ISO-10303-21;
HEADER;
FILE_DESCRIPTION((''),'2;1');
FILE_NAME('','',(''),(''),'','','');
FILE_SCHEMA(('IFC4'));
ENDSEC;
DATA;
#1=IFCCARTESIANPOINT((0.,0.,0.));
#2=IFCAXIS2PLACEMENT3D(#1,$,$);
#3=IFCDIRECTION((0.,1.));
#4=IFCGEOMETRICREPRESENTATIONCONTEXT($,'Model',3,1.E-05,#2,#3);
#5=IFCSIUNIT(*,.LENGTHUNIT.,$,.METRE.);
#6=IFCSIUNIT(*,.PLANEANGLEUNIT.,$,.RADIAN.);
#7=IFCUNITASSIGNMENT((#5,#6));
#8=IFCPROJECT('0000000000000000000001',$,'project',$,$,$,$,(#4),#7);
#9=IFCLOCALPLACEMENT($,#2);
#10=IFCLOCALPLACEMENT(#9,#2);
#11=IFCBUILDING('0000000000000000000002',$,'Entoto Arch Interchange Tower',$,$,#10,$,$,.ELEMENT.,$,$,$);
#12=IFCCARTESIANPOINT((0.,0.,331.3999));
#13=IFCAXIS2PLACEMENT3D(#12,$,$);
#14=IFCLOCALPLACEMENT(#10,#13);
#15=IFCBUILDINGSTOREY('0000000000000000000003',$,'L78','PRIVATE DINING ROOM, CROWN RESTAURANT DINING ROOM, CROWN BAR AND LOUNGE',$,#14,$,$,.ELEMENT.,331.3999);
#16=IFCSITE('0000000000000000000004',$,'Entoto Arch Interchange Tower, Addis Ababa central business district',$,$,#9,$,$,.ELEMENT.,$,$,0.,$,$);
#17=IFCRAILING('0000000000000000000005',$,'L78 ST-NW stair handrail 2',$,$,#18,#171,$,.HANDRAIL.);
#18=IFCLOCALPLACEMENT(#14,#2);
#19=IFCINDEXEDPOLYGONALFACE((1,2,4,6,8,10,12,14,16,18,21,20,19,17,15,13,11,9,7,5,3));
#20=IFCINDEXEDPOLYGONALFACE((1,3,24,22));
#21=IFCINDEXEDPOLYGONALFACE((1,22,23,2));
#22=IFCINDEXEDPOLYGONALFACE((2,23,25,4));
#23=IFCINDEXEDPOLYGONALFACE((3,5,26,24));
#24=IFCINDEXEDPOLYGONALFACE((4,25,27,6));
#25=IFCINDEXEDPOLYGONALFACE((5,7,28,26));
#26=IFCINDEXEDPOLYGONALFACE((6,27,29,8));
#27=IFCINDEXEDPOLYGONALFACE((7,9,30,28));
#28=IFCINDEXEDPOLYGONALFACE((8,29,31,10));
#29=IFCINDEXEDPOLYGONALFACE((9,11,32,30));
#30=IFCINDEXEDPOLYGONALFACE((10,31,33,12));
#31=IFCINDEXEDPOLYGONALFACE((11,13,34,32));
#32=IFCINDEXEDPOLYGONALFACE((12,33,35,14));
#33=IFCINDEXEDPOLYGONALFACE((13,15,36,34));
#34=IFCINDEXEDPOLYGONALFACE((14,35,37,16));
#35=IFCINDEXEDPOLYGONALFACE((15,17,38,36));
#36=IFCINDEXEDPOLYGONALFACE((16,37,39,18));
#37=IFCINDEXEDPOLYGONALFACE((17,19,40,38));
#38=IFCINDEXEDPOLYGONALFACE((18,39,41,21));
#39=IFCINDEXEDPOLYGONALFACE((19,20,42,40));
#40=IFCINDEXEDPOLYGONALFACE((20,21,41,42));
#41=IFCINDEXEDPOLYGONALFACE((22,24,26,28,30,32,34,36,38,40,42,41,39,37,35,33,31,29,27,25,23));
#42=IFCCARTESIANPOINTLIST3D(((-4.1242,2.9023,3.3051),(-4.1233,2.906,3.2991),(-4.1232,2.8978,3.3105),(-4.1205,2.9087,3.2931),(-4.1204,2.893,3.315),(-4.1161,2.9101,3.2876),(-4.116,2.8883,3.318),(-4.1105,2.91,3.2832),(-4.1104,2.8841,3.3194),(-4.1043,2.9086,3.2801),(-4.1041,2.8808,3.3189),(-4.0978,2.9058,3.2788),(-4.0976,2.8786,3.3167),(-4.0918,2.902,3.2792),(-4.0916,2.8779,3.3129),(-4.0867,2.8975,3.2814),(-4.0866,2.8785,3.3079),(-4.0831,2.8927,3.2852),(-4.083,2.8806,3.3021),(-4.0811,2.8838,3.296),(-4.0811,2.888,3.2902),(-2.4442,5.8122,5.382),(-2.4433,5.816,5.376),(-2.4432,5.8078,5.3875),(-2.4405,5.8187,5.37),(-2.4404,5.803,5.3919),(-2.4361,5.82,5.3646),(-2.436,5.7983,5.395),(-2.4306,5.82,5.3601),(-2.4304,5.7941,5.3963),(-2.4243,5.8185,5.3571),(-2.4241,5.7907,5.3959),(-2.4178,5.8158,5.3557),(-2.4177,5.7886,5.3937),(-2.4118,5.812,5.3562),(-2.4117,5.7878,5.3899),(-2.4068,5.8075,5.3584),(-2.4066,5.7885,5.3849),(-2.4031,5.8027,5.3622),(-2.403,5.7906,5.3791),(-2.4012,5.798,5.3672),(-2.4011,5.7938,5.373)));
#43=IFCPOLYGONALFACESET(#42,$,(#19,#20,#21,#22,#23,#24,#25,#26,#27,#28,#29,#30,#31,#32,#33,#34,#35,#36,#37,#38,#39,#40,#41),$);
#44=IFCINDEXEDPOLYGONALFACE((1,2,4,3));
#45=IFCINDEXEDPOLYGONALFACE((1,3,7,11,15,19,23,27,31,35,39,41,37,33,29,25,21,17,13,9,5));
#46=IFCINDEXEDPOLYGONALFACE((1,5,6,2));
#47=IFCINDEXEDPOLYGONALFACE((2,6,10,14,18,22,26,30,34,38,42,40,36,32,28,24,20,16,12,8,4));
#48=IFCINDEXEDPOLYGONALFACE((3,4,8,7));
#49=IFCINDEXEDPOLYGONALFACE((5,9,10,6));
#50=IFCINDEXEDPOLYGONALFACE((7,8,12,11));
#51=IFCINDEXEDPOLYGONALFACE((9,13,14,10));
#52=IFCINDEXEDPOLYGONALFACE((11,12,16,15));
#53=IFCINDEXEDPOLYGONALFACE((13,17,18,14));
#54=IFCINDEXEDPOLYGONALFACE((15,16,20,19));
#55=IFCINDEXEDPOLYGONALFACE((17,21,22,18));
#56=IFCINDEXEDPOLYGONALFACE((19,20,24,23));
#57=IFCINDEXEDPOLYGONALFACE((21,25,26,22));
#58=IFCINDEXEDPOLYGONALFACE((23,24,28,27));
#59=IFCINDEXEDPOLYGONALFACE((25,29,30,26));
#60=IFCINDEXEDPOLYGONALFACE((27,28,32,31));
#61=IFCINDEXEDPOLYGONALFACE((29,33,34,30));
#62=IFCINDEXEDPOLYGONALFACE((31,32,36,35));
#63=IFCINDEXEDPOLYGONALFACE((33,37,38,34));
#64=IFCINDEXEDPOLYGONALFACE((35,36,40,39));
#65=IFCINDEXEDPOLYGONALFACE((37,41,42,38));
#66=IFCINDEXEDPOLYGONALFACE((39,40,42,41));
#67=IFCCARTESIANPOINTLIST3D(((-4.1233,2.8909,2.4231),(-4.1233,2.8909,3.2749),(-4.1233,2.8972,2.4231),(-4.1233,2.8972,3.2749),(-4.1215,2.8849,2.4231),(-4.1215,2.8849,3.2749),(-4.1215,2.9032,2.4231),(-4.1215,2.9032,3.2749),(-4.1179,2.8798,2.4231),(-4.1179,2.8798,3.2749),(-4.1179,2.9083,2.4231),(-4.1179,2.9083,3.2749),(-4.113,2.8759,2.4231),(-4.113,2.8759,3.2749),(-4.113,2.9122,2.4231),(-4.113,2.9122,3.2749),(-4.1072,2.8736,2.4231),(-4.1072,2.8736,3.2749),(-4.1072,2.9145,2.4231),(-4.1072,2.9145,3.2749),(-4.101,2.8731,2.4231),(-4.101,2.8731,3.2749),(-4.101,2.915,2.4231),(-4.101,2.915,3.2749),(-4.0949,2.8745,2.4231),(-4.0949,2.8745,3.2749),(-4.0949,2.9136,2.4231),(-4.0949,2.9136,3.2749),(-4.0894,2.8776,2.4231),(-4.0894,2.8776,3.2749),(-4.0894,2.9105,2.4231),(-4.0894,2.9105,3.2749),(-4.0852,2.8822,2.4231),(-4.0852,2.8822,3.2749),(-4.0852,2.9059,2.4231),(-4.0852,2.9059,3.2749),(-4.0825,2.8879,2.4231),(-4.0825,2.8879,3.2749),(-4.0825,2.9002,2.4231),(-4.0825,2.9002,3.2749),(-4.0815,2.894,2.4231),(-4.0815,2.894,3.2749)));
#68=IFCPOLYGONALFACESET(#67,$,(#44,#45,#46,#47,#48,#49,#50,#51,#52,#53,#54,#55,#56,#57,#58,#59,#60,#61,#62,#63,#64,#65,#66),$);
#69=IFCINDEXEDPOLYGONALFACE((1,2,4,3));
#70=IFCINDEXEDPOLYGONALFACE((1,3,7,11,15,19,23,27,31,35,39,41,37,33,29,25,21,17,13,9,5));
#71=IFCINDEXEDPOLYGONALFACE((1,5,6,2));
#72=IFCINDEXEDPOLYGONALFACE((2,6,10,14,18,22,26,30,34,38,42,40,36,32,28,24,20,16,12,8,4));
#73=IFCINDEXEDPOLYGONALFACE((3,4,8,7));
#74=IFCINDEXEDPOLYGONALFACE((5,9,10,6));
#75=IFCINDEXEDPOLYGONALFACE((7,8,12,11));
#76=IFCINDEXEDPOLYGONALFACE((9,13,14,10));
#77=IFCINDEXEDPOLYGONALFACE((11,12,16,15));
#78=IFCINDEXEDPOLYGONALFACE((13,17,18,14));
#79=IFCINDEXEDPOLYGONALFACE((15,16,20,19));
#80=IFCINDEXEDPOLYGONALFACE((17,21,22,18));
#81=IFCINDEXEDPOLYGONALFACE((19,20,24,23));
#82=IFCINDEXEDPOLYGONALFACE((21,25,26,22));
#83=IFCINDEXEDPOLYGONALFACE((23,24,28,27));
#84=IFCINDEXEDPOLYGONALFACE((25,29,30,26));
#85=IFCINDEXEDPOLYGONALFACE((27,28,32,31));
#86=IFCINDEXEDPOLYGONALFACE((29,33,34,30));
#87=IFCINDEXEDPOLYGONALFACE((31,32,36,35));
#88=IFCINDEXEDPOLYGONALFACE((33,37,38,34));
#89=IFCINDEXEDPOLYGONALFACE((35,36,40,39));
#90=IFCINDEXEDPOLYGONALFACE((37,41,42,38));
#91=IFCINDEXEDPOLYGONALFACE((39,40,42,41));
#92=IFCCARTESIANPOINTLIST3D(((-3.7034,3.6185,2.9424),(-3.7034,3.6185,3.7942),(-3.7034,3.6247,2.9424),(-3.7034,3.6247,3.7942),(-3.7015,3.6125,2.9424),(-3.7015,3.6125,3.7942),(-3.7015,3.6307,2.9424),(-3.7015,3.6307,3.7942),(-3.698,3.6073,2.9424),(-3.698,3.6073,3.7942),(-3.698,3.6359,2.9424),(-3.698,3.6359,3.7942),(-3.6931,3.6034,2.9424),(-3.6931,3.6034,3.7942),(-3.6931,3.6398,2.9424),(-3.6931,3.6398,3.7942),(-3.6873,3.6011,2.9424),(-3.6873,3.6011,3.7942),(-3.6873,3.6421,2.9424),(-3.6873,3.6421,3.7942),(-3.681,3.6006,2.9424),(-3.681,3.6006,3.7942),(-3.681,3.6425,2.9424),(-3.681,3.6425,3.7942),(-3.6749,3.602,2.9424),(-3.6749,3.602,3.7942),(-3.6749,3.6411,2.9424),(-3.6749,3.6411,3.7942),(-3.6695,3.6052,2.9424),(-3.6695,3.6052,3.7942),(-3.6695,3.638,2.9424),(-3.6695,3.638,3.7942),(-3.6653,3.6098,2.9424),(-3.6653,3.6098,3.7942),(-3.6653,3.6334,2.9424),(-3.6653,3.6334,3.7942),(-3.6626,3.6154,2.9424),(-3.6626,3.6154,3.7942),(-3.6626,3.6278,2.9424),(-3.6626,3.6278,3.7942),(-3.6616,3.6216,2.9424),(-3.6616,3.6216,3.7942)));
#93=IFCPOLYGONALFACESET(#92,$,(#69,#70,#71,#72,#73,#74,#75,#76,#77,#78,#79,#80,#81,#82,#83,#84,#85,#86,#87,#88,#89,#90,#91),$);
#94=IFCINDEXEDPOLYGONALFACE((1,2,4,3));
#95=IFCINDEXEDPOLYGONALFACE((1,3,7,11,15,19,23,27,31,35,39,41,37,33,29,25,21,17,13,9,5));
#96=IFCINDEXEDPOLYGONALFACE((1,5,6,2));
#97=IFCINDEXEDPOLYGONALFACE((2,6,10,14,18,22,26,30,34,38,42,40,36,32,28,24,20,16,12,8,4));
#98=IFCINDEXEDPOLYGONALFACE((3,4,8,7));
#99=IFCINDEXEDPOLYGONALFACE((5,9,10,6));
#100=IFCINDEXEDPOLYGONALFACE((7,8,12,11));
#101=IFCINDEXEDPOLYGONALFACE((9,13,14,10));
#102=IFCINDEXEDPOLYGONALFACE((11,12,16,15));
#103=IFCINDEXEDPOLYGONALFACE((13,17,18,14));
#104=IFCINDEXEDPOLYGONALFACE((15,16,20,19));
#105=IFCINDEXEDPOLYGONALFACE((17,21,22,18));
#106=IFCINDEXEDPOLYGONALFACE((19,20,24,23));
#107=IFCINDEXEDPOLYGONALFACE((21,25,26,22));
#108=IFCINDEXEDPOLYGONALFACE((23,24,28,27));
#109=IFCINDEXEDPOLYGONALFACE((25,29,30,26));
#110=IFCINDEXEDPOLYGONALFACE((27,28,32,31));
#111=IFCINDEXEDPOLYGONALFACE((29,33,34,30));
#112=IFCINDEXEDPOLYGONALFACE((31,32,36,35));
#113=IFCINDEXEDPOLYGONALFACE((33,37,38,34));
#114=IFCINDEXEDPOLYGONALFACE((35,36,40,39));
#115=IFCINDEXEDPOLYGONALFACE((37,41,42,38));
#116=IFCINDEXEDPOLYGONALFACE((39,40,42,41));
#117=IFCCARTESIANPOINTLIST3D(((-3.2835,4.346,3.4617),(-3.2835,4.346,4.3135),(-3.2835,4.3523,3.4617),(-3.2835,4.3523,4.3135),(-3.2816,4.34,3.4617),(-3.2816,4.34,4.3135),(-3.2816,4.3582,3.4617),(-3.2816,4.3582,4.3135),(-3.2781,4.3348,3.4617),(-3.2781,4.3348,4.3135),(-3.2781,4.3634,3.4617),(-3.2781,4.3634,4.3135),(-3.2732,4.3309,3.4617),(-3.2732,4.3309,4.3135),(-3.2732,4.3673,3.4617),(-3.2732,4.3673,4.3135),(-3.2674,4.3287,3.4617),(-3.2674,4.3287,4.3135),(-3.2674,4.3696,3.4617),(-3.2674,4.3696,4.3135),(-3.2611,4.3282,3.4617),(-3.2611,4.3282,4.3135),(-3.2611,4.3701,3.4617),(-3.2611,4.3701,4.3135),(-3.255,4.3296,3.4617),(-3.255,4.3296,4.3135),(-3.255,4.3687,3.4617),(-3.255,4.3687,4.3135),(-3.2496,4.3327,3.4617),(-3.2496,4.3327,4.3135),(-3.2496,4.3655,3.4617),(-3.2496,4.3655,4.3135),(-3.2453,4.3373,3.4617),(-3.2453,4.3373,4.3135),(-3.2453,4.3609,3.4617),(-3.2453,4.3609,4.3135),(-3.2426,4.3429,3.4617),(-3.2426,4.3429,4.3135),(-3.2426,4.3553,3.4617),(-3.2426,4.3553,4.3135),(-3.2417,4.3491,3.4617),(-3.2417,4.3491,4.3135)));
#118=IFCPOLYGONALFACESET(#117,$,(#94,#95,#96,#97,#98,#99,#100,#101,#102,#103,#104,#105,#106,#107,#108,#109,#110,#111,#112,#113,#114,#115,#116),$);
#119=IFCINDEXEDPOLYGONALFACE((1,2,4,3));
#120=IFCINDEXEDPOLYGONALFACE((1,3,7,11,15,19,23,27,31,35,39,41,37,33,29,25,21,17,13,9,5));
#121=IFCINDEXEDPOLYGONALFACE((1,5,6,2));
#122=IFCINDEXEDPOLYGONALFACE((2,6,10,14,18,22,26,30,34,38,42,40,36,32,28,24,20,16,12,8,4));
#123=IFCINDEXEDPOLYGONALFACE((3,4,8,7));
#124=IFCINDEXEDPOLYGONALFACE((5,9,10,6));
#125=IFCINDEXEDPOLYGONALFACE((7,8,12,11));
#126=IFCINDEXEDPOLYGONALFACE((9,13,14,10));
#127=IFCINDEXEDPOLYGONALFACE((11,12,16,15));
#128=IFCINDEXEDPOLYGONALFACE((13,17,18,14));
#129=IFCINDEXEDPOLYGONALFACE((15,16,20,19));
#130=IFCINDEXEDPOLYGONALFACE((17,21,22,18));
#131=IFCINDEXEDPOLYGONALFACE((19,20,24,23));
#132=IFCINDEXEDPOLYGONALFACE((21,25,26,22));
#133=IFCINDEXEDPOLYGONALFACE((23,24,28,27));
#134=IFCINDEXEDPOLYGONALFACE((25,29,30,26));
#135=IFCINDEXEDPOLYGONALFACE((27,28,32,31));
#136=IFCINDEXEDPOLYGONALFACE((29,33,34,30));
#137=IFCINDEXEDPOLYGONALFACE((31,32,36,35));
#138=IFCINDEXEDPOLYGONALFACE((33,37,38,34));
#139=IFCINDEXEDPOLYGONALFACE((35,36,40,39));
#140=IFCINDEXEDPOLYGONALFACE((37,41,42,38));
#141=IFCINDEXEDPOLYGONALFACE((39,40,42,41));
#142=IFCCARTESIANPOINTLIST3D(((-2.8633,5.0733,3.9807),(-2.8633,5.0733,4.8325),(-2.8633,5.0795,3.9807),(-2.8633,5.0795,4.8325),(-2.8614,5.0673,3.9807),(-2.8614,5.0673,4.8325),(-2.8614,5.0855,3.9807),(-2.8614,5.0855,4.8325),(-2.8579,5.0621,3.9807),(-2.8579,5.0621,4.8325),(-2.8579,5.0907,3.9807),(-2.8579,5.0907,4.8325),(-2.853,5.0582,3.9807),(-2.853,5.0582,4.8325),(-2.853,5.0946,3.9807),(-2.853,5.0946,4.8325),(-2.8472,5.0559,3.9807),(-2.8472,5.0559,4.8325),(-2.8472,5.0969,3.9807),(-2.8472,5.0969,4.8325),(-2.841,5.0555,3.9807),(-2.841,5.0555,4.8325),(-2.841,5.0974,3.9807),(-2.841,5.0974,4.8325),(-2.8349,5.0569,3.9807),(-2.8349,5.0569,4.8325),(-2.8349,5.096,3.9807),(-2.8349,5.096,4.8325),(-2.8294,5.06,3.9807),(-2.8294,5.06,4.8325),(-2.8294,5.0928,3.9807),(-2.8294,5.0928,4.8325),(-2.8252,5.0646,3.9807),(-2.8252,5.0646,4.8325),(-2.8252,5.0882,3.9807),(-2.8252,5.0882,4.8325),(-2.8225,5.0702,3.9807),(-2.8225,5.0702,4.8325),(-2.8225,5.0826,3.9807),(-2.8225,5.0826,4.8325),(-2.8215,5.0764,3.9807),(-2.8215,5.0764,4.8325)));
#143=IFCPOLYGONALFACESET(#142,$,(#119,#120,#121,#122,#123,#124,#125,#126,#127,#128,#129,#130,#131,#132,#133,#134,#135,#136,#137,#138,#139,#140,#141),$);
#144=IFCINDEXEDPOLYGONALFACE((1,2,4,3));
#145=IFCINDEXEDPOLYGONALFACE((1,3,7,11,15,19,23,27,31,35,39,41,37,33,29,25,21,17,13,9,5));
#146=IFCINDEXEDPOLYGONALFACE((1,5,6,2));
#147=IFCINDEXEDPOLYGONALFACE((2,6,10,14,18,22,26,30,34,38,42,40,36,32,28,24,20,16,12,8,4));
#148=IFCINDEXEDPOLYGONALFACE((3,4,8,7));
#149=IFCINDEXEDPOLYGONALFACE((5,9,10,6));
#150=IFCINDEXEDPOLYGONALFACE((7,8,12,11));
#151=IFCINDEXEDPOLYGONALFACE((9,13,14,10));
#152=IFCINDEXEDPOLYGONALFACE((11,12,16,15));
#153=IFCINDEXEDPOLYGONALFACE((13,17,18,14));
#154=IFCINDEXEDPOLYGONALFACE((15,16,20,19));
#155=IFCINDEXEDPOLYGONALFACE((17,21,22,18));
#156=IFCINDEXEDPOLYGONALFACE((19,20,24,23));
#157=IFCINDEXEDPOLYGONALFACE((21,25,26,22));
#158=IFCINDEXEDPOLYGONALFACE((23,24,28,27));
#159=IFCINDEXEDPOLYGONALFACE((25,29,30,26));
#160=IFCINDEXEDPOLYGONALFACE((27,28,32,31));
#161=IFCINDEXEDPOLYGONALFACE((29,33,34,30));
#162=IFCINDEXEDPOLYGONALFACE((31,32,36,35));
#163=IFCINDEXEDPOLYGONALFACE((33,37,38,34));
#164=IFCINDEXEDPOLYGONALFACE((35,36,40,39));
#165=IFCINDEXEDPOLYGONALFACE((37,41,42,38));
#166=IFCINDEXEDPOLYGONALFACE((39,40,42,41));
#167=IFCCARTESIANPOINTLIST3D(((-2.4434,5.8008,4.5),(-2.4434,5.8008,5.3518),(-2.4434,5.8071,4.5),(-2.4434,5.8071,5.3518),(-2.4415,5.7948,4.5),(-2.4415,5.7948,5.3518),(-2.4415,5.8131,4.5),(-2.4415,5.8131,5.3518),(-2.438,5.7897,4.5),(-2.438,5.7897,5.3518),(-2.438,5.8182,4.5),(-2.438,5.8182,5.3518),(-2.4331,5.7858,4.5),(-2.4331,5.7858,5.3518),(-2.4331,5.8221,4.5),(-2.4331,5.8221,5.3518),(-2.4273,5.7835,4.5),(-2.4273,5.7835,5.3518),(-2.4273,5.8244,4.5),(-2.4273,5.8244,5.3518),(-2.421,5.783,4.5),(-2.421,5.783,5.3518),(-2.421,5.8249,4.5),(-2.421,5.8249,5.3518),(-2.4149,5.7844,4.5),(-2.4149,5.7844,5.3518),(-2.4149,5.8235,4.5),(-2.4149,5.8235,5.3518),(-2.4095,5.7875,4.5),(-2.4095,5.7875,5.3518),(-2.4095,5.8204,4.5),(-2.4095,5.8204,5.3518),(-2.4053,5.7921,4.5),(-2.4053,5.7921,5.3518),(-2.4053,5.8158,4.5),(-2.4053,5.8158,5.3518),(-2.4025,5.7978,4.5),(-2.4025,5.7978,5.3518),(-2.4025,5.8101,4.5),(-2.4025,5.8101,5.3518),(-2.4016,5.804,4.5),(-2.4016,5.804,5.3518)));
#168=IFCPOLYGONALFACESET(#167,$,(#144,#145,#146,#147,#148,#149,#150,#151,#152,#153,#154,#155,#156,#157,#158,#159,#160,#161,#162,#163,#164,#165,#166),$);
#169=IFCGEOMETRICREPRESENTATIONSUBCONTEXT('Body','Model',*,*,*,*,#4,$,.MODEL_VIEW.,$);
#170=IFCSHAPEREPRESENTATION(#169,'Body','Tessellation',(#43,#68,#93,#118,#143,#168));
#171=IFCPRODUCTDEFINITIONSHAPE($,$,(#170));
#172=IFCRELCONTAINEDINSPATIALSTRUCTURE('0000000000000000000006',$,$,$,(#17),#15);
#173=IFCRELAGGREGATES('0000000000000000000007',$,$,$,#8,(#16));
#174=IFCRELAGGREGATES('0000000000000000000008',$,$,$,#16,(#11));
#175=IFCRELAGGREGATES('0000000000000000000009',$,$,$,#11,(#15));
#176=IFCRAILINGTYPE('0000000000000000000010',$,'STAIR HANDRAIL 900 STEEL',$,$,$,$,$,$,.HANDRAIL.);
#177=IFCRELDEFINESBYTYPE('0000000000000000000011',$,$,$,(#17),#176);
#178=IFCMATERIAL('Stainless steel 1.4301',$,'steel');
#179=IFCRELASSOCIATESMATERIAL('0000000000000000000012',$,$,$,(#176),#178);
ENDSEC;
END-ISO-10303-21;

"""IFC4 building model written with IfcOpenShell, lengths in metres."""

from ifc_helpers import new_model, si_unit, direction, frame, origin, origin_2d, place, context, subcontext, project, spatial, circle, extrude, material, type_object, element, save


model = new_model("IFC4")

# Units and contexts
model_context = context("Model", 3, precision=1e-05, world=origin(), true_north=direction((0.0, 1.0)))
body_context = subcontext(model_context, "Body", "Model", "MODEL_VIEW")
ifc_project = project(units=[si_unit("LENGTHUNIT", "METRE"), si_unit("PLANEANGLEUNIT", "RADIAN")], contexts=[model_context])

# Site, building, storey
site_placement = place(None, origin())
site = spatial("IfcSite", under=ifc_project, at=site_placement, Name="Entoto Arch Interchange Tower, Addis Ababa central business district", CompositionType="ELEMENT", RefElevation=0.0)
building_placement = place(site_placement, origin())
building = spatial("IfcBuilding", under=site, at=building_placement, Name="Entoto Arch Interchange Tower", CompositionType="ELEMENT")
storey_placement = place(building_placement, frame((0.0, 0.0, 331.3999)))
storey = spatial("IfcBuildingStorey", under=building, at=storey_placement, Name="L78", Description="PRIVATE DINING ROOM, CROWN RESTAURANT DINING ROOM, CROWN BAR AND LOUNGE", CompositionType="ELEMENT", Elevation=331.3999)

# Railing
ifc_material_1 = material(Name="Stainless steel 1.4301", Category="steel")
railing_type_1 = type_object("IfcRailingType", Name="STAIR HANDRAIL 900 STEEL", PredefinedType="HANDRAIL", material=ifc_material_1)
railing_1_placement = place(storey_placement, frame((-4.1025, 2.894, 2.4231)))
element("IfcRailing", 1, at=railing_1_placement, inside=storey, type_object=railing_type_1, Name="L78 ST-NW stair handrail 2", PredefinedType="HANDRAIL", context=body_context, shape_type="SweptSolid", body=[
    extrude(circle(Radius=0.0239, at=origin_2d()), frame((0.0, 0.0, 0.876), z_axis=(0.425288, 0.736668, 0.525785), x_axis=(-0.866039, 0.499976, 0.0)), (0.0, 0.0, 1.0), 3.9502),
    extrude(circle(Radius=0.021, at=origin_2d()), origin(), (0.0, 0.0, 1.0), 0.8518),
    extrude(circle(Radius=0.021, at=origin_2d()), frame((0.4199, 0.7275, 0.5193)), (0.0, 0.0, 1.0), 0.8518),
    extrude(circle(Radius=0.021, at=origin_2d()), frame((0.8398, 1.4551, 1.0386)), (0.0, 0.0, 1.0), 0.8518),
    extrude(circle(Radius=0.021, at=origin_2d()), frame((1.26, 2.1824, 1.5576)), (0.0, 0.0, 1.0), 0.8518),
    extrude(circle(Radius=0.021, at=origin_2d()), frame((1.6799, 2.9099, 2.0769)), (0.0, 0.0, 1.0), 0.8518),
])

save(model, "model.ifc")
